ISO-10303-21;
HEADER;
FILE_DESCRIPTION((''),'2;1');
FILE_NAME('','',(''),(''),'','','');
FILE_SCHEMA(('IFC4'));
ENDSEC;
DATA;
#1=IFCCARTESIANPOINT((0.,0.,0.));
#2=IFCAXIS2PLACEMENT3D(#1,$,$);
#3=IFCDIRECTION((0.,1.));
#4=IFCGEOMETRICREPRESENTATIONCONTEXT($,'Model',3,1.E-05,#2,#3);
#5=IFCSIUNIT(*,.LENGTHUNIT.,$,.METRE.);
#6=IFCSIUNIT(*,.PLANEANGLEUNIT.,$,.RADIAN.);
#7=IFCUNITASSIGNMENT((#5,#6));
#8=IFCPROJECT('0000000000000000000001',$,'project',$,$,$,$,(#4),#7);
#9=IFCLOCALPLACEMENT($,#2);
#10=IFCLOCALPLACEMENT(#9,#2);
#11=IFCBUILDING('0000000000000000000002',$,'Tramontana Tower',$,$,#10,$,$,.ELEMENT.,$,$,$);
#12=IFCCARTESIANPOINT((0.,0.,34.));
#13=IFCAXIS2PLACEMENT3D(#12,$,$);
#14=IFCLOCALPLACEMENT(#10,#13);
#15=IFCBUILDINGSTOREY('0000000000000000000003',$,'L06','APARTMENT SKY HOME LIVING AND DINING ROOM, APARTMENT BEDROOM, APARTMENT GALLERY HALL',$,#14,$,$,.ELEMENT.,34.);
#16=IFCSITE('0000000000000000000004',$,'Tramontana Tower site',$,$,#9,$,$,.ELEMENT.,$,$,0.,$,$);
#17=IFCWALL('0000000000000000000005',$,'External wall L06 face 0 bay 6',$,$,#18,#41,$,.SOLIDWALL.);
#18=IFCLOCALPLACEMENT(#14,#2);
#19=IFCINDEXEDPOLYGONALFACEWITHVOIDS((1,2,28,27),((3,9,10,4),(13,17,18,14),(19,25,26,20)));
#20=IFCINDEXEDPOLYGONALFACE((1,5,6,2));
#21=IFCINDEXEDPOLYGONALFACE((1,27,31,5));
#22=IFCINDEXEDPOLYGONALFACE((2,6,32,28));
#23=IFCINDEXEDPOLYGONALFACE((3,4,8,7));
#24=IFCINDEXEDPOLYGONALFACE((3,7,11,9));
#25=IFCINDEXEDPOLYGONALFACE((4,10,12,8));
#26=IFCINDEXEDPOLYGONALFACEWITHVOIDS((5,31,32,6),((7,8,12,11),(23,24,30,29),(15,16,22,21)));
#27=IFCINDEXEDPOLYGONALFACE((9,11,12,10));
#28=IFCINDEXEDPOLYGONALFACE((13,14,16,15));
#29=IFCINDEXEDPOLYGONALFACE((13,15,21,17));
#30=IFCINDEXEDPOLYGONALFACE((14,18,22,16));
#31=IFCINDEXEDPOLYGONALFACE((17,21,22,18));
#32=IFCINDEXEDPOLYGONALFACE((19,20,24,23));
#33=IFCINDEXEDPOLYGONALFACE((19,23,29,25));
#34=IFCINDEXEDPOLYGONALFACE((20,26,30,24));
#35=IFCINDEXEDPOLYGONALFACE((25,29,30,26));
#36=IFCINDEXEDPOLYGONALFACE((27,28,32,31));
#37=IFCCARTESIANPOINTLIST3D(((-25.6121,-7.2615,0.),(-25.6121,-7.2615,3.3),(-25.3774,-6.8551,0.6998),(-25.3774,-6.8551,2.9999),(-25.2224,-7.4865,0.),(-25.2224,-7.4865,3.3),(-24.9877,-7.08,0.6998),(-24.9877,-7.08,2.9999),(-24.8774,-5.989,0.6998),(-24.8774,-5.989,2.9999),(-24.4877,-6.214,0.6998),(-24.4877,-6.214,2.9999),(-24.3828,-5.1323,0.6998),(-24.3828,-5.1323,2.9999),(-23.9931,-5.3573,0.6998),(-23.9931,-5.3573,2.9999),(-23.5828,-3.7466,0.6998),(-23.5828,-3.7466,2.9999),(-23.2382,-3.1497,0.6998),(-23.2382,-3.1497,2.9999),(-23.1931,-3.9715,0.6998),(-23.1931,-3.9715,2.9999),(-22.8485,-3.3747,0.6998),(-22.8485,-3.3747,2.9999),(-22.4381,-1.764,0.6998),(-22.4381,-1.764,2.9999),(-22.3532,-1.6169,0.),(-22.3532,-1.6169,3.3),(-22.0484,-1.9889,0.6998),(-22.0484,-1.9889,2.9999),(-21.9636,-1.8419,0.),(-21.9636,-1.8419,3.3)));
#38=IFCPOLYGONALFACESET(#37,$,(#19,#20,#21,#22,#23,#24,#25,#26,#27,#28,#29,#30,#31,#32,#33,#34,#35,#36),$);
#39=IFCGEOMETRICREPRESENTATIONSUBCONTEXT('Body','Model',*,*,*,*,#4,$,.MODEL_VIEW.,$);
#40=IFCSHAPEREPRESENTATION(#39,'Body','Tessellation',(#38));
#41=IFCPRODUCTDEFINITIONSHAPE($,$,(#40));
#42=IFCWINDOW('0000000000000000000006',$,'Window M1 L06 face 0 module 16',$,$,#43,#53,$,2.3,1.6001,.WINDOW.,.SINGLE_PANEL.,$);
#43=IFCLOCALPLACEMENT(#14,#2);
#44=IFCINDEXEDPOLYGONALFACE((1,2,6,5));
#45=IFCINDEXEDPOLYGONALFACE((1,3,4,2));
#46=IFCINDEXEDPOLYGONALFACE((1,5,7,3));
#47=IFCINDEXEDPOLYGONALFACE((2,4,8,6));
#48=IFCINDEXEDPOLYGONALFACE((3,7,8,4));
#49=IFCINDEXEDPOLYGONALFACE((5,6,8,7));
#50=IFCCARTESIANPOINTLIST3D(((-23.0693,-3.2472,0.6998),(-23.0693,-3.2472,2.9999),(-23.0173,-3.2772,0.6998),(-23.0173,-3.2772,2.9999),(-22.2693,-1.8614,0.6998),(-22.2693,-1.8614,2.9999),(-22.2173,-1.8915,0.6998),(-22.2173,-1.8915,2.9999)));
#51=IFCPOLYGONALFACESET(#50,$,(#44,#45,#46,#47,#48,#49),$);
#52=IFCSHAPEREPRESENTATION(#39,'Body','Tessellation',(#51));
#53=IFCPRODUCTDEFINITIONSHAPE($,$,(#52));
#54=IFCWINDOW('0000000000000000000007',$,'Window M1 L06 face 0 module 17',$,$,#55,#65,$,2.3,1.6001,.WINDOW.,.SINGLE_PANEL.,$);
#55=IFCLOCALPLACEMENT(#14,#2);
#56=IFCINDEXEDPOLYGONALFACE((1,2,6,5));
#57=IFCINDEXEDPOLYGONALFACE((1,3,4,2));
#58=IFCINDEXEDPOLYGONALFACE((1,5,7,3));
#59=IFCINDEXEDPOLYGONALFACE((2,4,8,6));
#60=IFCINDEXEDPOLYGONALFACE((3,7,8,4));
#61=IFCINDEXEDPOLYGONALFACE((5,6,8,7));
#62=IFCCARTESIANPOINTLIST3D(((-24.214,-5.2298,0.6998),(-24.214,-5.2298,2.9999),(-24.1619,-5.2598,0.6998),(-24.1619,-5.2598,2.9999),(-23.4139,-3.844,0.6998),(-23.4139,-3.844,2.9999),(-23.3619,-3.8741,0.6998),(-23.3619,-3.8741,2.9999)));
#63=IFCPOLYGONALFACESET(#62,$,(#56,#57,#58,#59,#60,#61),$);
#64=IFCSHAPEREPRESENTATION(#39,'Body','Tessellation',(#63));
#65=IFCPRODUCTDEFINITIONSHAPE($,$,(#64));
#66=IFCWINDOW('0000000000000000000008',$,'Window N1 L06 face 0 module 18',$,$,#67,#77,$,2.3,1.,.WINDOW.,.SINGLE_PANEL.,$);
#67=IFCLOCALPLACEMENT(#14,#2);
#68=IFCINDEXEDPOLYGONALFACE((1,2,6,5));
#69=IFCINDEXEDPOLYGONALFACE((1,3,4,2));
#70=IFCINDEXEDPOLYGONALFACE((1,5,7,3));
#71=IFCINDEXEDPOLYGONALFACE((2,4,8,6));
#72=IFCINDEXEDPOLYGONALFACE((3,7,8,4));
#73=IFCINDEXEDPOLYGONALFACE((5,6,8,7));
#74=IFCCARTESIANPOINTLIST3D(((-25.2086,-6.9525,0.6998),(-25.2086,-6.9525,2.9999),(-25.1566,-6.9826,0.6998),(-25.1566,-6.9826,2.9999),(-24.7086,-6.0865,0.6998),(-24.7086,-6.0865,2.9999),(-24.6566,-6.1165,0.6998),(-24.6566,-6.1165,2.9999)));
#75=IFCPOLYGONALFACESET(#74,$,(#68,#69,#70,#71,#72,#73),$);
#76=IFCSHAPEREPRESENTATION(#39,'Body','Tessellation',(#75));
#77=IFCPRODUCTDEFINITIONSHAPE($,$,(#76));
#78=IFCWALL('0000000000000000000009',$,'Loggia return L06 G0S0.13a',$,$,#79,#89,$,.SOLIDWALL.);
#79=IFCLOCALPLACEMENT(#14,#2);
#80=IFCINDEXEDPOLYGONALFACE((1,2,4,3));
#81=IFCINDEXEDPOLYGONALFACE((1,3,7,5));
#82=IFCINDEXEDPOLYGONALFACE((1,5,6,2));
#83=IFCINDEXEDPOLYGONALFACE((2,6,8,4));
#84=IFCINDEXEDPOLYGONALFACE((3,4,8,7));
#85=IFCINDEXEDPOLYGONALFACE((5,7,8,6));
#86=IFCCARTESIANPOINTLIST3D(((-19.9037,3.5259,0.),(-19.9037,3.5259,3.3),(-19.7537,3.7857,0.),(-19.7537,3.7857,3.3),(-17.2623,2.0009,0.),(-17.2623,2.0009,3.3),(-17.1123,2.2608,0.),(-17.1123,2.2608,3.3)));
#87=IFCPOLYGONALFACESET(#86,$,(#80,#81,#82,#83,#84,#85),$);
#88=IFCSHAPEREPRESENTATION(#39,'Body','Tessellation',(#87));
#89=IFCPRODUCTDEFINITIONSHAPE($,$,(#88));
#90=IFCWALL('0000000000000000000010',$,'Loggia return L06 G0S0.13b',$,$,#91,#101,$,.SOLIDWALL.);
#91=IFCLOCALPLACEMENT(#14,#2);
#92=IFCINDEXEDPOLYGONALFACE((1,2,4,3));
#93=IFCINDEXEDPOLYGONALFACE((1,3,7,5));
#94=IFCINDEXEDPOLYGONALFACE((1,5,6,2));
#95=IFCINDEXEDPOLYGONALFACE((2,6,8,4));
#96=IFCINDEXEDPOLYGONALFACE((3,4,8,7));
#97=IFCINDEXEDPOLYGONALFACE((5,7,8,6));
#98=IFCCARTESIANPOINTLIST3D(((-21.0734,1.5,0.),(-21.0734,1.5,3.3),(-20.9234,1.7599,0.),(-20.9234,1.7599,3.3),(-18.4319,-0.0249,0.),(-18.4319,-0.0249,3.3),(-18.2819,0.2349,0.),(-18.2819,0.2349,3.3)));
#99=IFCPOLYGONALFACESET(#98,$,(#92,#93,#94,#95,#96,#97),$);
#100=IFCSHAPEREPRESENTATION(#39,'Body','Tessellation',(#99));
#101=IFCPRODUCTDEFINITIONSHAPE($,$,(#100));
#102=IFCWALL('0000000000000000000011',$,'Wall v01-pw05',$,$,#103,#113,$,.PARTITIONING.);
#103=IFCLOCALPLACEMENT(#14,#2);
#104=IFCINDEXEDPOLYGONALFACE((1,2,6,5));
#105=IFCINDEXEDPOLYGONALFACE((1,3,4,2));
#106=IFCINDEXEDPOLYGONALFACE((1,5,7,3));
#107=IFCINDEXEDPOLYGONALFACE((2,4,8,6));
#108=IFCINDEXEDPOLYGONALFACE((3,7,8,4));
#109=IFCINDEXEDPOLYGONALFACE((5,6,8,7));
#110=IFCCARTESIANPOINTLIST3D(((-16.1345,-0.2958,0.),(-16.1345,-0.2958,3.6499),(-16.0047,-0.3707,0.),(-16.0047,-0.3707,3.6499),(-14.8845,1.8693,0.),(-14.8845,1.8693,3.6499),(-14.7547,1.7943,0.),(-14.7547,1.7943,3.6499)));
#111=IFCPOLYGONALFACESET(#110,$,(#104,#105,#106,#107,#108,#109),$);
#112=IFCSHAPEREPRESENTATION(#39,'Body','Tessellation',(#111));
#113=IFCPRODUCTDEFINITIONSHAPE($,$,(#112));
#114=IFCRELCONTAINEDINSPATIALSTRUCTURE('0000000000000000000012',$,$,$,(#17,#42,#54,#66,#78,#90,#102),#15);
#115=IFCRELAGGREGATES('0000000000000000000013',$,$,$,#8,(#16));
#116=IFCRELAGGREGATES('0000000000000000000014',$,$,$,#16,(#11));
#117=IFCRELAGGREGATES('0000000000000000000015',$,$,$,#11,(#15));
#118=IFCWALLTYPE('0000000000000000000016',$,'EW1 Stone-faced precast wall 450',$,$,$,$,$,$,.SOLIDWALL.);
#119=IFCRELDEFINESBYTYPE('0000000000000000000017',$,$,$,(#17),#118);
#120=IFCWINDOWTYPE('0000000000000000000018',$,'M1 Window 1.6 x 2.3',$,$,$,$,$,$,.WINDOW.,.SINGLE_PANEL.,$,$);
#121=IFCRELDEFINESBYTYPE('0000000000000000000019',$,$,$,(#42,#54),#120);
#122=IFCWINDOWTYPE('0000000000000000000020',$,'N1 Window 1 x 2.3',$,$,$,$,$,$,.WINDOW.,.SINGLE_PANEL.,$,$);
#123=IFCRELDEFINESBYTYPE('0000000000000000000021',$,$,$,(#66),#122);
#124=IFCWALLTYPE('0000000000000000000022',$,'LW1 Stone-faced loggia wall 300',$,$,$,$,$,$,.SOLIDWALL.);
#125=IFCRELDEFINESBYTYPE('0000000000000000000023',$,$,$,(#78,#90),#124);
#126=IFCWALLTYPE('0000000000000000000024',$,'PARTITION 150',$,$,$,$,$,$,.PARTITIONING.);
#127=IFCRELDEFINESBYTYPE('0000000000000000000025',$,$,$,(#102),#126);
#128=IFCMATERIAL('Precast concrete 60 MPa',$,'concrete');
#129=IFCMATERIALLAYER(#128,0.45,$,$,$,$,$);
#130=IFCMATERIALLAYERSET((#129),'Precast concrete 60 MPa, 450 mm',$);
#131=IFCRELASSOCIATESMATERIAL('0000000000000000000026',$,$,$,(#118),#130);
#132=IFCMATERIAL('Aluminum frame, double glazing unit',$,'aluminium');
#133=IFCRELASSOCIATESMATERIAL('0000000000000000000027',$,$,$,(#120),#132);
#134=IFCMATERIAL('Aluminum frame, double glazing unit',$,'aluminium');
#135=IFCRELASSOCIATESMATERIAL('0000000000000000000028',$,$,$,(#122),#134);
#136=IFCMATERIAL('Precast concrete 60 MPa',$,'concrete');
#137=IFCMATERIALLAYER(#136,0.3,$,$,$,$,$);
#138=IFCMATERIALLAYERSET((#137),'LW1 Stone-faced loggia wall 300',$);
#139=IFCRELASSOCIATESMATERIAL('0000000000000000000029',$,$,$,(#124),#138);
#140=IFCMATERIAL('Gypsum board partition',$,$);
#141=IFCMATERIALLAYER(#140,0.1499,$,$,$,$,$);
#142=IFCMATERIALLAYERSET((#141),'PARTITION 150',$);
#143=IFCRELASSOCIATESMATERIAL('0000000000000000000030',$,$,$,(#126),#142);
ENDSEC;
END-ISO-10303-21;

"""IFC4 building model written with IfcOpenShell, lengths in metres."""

from ifc_helpers import new_model, si_unit, direction, frame, frame_2d, origin, place, context, subcontext, project, spatial, rectangle, extrude, material, layer, layer_set, type_object, element, fill, save


model = new_model("IFC4")

# Units and contexts
model_context = context("Model", 3, precision=1e-05, world=origin(), true_north=direction((0.0, 1.0)))
body_context = subcontext(model_context, "Body", "Model", "MODEL_VIEW")
ifc_project = project(units=[si_unit("LENGTHUNIT", "METRE"), si_unit("PLANEANGLEUNIT", "RADIAN")], contexts=[model_context])

# Site, building, storey
site_placement = place(None, origin())
site = spatial("IfcSite", under=ifc_project, at=site_placement, Name="Tramontana Tower site", CompositionType="ELEMENT", RefElevation=0.0)
building_placement = place(site_placement, origin())
building = spatial("IfcBuilding", under=site, at=building_placement, Name="Tramontana Tower", CompositionType="ELEMENT")
storey_placement = place(building_placement, frame((0.0, 0.0, 34.0)))
storey = spatial("IfcBuildingStorey", under=building, at=storey_placement, Name="L06", Description="APARTMENT SKY HOME LIVING AND DINING ROOM, APARTMENT BEDROOM, APARTMENT GALLERY HALL", CompositionType="ELEMENT", Elevation=34.0)

# Shared definitions
ifc_material_1 = material(Name="Precast concrete 60 MPa", Category="concrete")
ifc_layer_1 = layer(ifc_material_1, 0.45)
ifc_layer_set_1 = layer_set([ifc_layer_1], Name="Precast concrete 60 MPa, 450 mm")
wall_type_1 = type_object("IfcWallType", Name="EW1 Stone-faced precast wall 450", PredefinedType="SOLIDWALL", material=ifc_layer_set_1)
ifc_material_2 = material(Name="Aluminum frame, double glazing unit", Category="aluminium")
window_type_1 = type_object("IfcWindowType", Name="M1 Window 1.6 x 2.3", PartitioningType="SINGLE_PANEL", PredefinedType="WINDOW", material=ifc_material_2)

# Wall, openings, windows
wall_1_placement = place(storey_placement, frame((-22.1584, -1.7295, 0.0), z_axis=(0.0, 0.0, 1.0), x_axis=(-0.49999, -0.866031, 0.0)))
wall_1 = element("IfcWall", 1, at=wall_1_placement, inside=storey, type_object=wall_type_1, Name="External wall L06 face 0 bay 6", PredefinedType="SOLIDWALL", context=body_context, shape_type="SweptSolid", body=[
    extrude(rectangle(XDim=6.5178, YDim=0.45, at=frame_2d((3.2588, 0.0))), origin(), (0.0, 0.0, 1.0), 3.3),
])
opening_1_placement = place(wall_1_placement, frame((0.1697, 0.0, 0.7)))
opening_1 = element("IfcOpeningElement", 2, at=opening_1_placement, cuts=wall_1, PredefinedType="OPENING", context=body_context, shape_type="SweptSolid", body=[
    extrude(rectangle(XDim=1.6001, YDim=2.3, at=frame_2d((0.8, 1.1499))), frame((0.0, 0.2349, 0.0), z_axis=(0.0, -1.0, 0.0), x_axis=(1.0, 0.0, 0.0)), (0.0, 0.0, 1.0), 0.47),
])
opening_2_placement = place(wall_1_placement, frame((2.459, 0.0, 0.7)))
opening_2 = element("IfcOpeningElement", 3, at=opening_2_placement, cuts=wall_1, PredefinedType="OPENING", context=body_context, shape_type="SweptSolid", body=[
    extrude(rectangle(XDim=1.6001, YDim=2.3, at=frame_2d((0.8, 1.1499))), frame((0.0, 0.2349, 0.0), z_axis=(0.0, -1.0, 0.0), x_axis=(1.0, 0.0, 0.0)), (0.0, 0.0, 1.0), 0.47),
])
opening_3_placement = place(wall_1_placement, frame((5.0483, 0.0, 0.7)))
opening_3 = element("IfcOpeningElement", 4, at=opening_3_placement, cuts=wall_1, PredefinedType="OPENING", context=body_context, shape_type="SweptSolid", body=[
    extrude(rectangle(XDim=1.0, YDim=2.3, at=frame_2d((0.5, 1.1499))), frame((0.0, 0.2349, 0.0), z_axis=(0.0, -1.0, 0.0), x_axis=(1.0, 0.0, 0.0)), (0.0, 0.0, 1.0), 0.47),
])
window_1_placement = place(opening_1_placement, origin())
window_1 = element("IfcWindow", 5, at=window_1_placement, inside=storey, type_object=window_type_1, Name="Window M1 L06 face 0 module 16", OverallHeight=2.3, OverallWidth=1.6001, PartitioningType="SINGLE_PANEL", PredefinedType="WINDOW", context=body_context, shape_type="SweptSolid", body=[
    extrude(rectangle(XDim=1.6001, YDim=2.3, at=frame_2d((0.8, 1.1499))), frame((0.0, 0.03, 0.0), z_axis=(0.0, -1.0, 0.0), x_axis=(1.0, 0.0, 0.0)), (0.0, 0.0, 1.0), 0.0601),
])
fill(opening_1, window_1)
window_2_placement = place(opening_2_placement, origin())
window_2 = element("IfcWindow", 6, at=window_2_placement, inside=storey, type_object=window_type_1, Name="Window M1 L06 face 0 module 17", OverallHeight=2.3, OverallWidth=1.6001, PartitioningType="SINGLE_PANEL", PredefinedType="WINDOW", context=body_context, shape_type="SweptSolid", body=[
    extrude(rectangle(XDim=1.6001, YDim=2.3, at=frame_2d((0.8, 1.1499))), frame((0.0, 0.03, 0.0), z_axis=(0.0, -1.0, 0.0), x_axis=(1.0, 0.0, 0.0)), (0.0, 0.0, 1.0), 0.0601),
])
fill(opening_2, window_2)
ifc_material_3 = material(Name="Aluminum frame, double glazing unit", Category="aluminium")
window_type_2 = type_object("IfcWindowType", Name="N1 Window 1 x 2.3", PartitioningType="SINGLE_PANEL", PredefinedType="WINDOW", material=ifc_material_3)
window_3_placement = place(opening_3_placement, origin())
window_3 = element("IfcWindow", 7, at=window_3_placement, inside=storey, type_object=window_type_2, Name="Window N1 L06 face 0 module 18", OverallHeight=2.3, OverallWidth=1.0, PartitioningType="SINGLE_PANEL", PredefinedType="WINDOW", context=body_context, shape_type="SweptSolid", body=[
    extrude(rectangle(XDim=1.0, YDim=2.3, at=frame_2d((0.5, 1.1499))), frame((0.0, 0.03, 0.0), z_axis=(0.0, -1.0, 0.0), x_axis=(1.0, 0.0, 0.0)), (0.0, 0.0, 1.0), 0.0601),
])
fill(opening_3, window_3)

# Shared definitions
ifc_material_4 = material(Name="Precast concrete 60 MPa", Category="concrete")
ifc_layer_2 = layer(ifc_material_4, 0.3)
ifc_layer_set_2 = layer_set([ifc_layer_2], Name="LW1 Stone-faced loggia wall 300")
wall_type_2 = type_object("IfcWallType", Name="LW1 Stone-faced loggia wall 300", PredefinedType="SOLIDWALL", material=ifc_layer_set_2)

# Walls
for number, where, z_axis, x_axis, name in (
    (8, (-19.8286, 3.6558, 0.0), (0.0, 0.0, 1.0), (0.866038, -0.499979, 0.0), "Loggia return L06 G0S0.13a"),
    (9, (-20.9983, 1.6299, 0.0), (0.0, 0.0, 1.0), (0.866038, -0.499979, 0.0), "Loggia return L06 G0S0.13b"),
):
    element("IfcWall", number, at=place(storey_placement, frame(where, z_axis=z_axis, x_axis=x_axis)), inside=storey, type_object=wall_type_2, Name=name, PredefinedType="SOLIDWALL", context=body_context, shape_type="SweptSolid", body=[
        extrude(rectangle(XDim=3.05, YDim=0.3, at=frame_2d((1.5249, 0.0))), origin(), (0.0, 0.0, 1.0), 3.3),
    ])
ifc_material_5 = material(Name="Gypsum board partition")
ifc_layer_3 = layer(ifc_material_5, 0.1499)
ifc_layer_set_3 = layer_set([ifc_layer_3], Name="PARTITION 150")
wall_type_3 = type_object("IfcWallType", Name="PARTITION 150", PredefinedType="PARTITIONING", material=ifc_layer_set_3)
wall_2_placement = place(storey_placement, frame((-16.0696, -0.3333, 0.0), z_axis=(0.0, 0.0, 1.0), x_axis=(0.500004, 0.866023, 0.0)))
element("IfcWall", 10, at=wall_2_placement, inside=storey, type_object=wall_type_3, Name="Wall v01-pw05", PredefinedType="PARTITIONING", context=body_context, shape_type="SweptSolid", body=[
    extrude(rectangle(XDim=2.5, YDim=0.1499, at=frame_2d((1.25, 0.0))), origin(), (0.0, 0.0, 1.0), 3.6499),
])

save(model, "model.ifc")
